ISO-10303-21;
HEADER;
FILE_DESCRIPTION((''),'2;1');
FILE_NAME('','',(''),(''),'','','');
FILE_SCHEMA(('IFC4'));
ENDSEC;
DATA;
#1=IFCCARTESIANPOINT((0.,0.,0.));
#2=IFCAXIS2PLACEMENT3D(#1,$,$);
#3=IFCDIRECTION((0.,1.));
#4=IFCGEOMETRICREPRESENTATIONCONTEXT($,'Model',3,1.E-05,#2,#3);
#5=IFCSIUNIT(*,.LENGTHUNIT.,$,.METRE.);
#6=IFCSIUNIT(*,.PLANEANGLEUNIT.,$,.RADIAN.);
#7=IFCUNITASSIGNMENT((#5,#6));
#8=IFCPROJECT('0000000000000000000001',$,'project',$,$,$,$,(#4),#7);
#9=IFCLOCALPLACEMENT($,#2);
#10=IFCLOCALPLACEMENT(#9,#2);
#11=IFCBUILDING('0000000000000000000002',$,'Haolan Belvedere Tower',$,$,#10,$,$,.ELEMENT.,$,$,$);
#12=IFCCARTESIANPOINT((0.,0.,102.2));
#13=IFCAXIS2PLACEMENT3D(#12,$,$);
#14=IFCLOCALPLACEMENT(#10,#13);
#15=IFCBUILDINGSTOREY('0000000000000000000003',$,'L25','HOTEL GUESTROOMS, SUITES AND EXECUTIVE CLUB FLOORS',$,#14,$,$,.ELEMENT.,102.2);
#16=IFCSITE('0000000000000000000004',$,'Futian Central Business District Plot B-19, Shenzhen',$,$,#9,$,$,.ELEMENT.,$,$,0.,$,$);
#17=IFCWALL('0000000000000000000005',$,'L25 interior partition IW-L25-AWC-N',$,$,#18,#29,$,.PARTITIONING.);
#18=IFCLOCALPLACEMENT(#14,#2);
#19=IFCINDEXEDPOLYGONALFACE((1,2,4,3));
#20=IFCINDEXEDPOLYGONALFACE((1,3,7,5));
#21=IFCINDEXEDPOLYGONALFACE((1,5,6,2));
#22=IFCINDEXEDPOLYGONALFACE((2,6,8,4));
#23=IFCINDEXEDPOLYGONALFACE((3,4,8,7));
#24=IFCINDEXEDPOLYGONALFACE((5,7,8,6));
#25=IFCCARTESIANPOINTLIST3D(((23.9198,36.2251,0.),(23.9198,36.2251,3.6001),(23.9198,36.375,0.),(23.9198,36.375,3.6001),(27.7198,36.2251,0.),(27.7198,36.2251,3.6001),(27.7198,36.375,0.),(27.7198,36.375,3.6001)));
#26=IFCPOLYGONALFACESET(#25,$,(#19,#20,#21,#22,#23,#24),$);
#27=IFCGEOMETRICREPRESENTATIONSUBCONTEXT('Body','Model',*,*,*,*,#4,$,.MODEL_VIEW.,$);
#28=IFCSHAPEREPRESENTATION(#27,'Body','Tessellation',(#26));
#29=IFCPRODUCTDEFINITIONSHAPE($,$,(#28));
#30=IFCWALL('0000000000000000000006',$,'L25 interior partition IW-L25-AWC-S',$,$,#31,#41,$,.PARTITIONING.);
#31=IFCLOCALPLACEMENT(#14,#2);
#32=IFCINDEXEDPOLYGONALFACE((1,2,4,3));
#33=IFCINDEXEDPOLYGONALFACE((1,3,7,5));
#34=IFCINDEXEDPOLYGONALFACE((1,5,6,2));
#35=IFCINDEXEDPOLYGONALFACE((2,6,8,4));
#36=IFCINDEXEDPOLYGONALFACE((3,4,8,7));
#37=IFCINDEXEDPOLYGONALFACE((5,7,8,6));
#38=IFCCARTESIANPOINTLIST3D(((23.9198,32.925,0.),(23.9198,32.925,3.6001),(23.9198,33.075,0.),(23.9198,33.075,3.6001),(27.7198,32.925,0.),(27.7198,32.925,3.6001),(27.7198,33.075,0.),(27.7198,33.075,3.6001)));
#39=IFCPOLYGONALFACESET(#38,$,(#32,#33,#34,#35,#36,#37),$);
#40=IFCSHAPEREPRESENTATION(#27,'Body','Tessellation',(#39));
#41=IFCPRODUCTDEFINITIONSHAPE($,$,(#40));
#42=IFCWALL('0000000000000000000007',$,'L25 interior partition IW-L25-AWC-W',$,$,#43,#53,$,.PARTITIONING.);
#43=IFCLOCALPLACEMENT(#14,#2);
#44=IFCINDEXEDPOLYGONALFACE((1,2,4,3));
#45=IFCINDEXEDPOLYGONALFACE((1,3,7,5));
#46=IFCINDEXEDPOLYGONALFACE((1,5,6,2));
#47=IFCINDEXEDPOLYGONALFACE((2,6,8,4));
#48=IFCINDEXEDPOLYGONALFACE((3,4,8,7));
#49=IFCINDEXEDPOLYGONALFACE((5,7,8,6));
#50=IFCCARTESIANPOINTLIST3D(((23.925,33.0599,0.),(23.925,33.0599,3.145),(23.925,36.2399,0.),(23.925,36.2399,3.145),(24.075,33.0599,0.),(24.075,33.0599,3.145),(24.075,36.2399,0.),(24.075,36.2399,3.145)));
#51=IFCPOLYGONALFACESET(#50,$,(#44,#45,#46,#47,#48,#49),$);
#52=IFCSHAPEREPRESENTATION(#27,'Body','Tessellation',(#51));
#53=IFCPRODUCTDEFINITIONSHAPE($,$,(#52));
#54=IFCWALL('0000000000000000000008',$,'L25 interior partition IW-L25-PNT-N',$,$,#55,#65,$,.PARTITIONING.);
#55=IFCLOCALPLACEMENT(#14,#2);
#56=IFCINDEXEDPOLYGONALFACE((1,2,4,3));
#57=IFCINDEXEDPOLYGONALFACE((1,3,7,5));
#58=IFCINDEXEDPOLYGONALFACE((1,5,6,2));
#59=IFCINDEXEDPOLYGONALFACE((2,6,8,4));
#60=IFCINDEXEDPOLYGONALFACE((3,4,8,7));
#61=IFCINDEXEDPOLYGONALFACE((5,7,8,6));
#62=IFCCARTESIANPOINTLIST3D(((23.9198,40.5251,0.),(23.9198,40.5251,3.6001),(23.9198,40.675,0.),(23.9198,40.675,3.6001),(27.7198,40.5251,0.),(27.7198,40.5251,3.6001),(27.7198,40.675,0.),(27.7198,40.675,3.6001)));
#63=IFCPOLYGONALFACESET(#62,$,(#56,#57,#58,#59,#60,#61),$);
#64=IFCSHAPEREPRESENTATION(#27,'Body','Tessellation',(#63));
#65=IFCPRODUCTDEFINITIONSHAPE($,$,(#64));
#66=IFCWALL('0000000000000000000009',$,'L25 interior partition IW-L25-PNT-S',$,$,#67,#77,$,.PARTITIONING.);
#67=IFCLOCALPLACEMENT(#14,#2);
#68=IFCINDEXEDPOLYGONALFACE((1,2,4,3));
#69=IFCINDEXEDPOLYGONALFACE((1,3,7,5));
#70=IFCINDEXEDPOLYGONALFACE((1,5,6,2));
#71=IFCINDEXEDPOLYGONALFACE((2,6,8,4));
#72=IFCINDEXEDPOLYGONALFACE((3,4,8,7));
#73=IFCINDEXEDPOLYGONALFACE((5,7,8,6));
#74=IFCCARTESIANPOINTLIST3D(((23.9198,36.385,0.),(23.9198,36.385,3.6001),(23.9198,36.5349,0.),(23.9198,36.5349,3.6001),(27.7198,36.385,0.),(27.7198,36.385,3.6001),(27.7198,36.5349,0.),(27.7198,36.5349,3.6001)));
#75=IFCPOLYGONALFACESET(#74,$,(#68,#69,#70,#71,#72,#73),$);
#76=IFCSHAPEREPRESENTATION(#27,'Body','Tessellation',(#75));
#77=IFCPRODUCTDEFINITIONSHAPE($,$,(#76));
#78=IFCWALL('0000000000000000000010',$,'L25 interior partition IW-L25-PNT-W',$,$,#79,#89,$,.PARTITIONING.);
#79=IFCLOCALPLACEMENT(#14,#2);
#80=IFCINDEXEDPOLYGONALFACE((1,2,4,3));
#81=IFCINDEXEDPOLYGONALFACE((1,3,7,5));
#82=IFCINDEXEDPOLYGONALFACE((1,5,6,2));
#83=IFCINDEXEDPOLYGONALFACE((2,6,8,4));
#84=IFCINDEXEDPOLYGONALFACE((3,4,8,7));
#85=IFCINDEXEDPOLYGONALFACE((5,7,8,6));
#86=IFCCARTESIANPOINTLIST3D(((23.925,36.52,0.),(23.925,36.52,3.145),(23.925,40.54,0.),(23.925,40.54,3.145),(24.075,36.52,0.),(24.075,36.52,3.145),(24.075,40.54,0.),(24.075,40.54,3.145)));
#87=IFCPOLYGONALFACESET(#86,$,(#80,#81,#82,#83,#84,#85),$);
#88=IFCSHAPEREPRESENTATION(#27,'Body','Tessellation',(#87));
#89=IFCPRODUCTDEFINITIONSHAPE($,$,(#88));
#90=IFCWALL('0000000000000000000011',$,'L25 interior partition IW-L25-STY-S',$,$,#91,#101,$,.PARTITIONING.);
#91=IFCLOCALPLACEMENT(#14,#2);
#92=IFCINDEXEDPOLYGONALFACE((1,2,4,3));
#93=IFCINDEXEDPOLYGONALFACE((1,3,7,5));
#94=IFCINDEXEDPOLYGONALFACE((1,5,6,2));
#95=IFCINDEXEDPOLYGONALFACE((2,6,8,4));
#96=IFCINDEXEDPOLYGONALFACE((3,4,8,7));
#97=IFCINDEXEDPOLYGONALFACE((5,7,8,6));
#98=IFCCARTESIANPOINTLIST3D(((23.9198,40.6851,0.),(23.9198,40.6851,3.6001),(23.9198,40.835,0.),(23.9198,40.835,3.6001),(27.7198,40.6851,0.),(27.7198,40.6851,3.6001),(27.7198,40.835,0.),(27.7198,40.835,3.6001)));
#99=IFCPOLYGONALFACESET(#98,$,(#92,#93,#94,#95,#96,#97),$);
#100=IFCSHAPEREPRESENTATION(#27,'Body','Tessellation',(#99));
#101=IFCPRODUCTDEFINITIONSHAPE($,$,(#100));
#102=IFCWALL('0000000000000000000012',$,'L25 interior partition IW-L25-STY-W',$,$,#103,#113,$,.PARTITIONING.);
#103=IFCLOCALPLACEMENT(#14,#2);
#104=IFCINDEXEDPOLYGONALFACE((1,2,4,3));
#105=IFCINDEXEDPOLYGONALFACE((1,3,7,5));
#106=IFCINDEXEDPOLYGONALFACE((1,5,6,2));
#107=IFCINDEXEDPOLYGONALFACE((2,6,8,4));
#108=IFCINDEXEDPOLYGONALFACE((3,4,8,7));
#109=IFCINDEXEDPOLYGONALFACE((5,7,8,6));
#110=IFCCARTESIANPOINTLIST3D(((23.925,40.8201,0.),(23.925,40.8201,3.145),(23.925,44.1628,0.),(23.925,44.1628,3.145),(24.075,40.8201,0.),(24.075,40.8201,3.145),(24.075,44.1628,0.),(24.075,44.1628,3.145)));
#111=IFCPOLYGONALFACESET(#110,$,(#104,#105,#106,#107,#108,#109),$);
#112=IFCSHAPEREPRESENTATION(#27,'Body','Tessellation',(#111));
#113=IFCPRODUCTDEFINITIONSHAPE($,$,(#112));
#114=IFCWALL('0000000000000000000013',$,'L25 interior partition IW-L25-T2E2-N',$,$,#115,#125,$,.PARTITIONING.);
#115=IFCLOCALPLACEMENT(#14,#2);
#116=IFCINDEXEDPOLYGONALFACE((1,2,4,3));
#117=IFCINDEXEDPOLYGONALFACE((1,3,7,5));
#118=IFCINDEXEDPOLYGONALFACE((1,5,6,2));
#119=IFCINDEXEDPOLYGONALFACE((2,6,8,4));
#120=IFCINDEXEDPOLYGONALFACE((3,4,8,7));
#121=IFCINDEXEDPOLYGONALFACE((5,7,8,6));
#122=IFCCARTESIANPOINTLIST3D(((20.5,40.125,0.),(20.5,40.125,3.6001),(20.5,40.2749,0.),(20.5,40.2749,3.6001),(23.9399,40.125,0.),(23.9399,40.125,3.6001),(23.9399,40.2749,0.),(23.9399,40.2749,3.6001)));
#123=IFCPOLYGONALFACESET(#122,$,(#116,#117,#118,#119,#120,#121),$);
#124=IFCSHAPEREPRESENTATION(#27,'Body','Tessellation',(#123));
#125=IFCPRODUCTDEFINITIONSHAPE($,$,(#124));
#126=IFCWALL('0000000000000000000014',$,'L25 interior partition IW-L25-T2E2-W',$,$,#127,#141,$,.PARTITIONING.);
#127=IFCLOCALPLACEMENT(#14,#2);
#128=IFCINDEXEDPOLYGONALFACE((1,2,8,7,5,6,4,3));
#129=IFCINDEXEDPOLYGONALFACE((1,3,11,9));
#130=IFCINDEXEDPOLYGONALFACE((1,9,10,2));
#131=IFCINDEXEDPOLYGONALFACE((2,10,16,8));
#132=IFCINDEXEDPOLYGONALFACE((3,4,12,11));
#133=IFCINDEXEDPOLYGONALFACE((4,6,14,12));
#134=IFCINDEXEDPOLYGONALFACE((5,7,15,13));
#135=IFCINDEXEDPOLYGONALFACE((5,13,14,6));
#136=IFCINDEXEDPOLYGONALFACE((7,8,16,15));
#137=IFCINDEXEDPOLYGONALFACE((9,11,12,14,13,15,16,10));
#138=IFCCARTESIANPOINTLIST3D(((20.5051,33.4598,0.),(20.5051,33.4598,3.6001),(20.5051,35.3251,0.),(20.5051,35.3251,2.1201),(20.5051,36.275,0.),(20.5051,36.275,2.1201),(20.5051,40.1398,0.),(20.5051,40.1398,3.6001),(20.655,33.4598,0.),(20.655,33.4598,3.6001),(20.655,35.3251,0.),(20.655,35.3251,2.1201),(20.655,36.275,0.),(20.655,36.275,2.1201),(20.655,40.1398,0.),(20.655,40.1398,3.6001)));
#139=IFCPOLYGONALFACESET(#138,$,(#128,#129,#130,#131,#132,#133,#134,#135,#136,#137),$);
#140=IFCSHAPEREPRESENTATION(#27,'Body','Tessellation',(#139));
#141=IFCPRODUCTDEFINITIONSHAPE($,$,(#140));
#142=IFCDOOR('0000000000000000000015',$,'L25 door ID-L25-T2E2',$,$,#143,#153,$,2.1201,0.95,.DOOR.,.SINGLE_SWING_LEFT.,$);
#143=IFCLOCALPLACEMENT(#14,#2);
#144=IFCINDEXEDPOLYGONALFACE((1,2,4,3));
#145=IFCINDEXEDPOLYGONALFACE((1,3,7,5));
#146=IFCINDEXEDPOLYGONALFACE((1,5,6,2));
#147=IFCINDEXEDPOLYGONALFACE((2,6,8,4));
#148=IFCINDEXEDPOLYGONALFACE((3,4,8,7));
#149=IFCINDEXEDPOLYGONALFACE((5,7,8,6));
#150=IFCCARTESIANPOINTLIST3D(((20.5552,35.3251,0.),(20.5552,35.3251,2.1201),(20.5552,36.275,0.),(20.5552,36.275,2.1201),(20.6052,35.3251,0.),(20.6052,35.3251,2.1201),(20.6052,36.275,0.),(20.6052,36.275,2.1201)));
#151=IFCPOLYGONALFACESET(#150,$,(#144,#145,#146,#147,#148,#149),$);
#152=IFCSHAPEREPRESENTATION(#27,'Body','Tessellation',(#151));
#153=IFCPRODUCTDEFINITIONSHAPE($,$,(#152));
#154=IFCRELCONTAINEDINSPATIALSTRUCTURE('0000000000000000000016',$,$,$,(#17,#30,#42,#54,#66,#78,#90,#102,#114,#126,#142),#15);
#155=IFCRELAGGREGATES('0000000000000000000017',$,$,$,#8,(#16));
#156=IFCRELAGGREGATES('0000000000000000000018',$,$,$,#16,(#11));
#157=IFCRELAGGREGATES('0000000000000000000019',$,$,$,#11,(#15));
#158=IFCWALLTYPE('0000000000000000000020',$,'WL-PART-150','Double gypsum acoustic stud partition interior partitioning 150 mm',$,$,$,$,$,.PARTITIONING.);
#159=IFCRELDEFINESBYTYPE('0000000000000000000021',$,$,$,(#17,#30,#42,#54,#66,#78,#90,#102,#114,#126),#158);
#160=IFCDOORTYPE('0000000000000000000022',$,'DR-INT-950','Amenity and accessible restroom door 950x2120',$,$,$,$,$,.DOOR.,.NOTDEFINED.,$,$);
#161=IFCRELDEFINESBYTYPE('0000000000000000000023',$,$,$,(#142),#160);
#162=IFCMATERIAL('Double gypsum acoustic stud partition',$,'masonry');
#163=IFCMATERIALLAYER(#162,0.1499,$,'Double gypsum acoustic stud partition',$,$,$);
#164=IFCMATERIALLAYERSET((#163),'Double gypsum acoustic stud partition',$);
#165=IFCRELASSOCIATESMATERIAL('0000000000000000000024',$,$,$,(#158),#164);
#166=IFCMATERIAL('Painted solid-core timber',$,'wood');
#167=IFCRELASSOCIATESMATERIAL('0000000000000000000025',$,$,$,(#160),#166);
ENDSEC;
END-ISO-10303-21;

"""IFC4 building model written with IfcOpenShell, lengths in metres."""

from ifc_helpers import new_model, si_unit, direction, frame, frame_2d, origin, place, context, subcontext, project, spatial, rectangle, extrude, material, layer, layer_set, type_object, element, fill, save


model = new_model("IFC4")

# Units and contexts
model_context = context("Model", 3, precision=1e-05, world=origin(), true_north=direction((0.0, 1.0)))
body_context = subcontext(model_context, "Body", "Model", "MODEL_VIEW")
ifc_project = project(units=[si_unit("LENGTHUNIT", "METRE"), si_unit("PLANEANGLEUNIT", "RADIAN")], contexts=[model_context])

# Site, building, storey
site_placement = place(None, origin())
site = spatial("IfcSite", under=ifc_project, at=site_placement, Name="Futian Central Business District Plot B-19, Shenzhen", CompositionType="ELEMENT", RefElevation=0.0)
building_placement = place(site_placement, origin())
building = spatial("IfcBuilding", under=site, at=building_placement, Name="Haolan Belvedere Tower", CompositionType="ELEMENT")
storey_placement = place(building_placement, frame((0.0, 0.0, 102.2)))
storey = spatial("IfcBuildingStorey", under=building, at=storey_placement, Name="L25", Description="HOTEL GUESTROOMS, SUITES AND EXECUTIVE CLUB FLOORS", CompositionType="ELEMENT", Elevation=102.2)

# Walls
ifc_material_1 = material(Name="Double gypsum acoustic stud partition", Category="masonry")
ifc_layer_1 = layer(ifc_material_1, 0.1499, Name="Double gypsum acoustic stud partition")
ifc_layer_set_1 = layer_set([ifc_layer_1], Name="Double gypsum acoustic stud partition")
wall_type_1 = type_object("IfcWallType", Name="WL-PART-150", Description="Double gypsum acoustic stud partition interior partitioning 150 mm", PredefinedType="PARTITIONING", material=ifc_layer_set_1)
for number, where, z_axis, x_axis, name in (
    (1, (23.9199, 36.3, 0.0), (0.0, 0.0, 1.0), (1.0, 0.0, 0.0), "L25 interior partition IW-L25-AWC-N"),
    (2, (23.9199, 33.0, 0.0), (0.0, 0.0, 1.0), (1.0, 0.0, 0.0), "L25 interior partition IW-L25-AWC-S"),
):
    element("IfcWall", number, at=place(storey_placement, frame(where, z_axis=z_axis, x_axis=x_axis)), inside=storey, type_object=wall_type_1, Name=name, PredefinedType="PARTITIONING", context=body_context, shape_type="SweptSolid", body=[
        extrude(rectangle(XDim=3.8, YDim=0.1499, at=frame_2d((1.8999, 0.0))), origin(), (0.0, 0.0, 1.0), 3.6001),
    ])
wall_1_placement = place(storey_placement, frame((24.0, 33.0601, 0.0), z_axis=(0.0, 0.0, 1.0), x_axis=(0.0, 1.0, 0.0)))
element("IfcWall", 3, at=wall_1_placement, inside=storey, type_object=wall_type_1, Name="L25 interior partition IW-L25-AWC-W", PredefinedType="PARTITIONING", context=body_context, shape_type="SweptSolid", body=[
    extrude(rectangle(XDim=3.1799, YDim=0.1499, at=frame_2d((1.5898, 0.0))), origin(), (0.0, 0.0, 1.0), 3.145),
])
for number, where, z_axis, x_axis, name in (
    (4, (23.9199, 40.6001, 0.0), (0.0, 0.0, 1.0), (1.0, 0.0, 0.0), "L25 interior partition IW-L25-PNT-N"),
    (5, (23.9199, 36.46, 0.0), (0.0, 0.0, 1.0), (1.0, 0.0, 0.0), "L25 interior partition IW-L25-PNT-S"),
):
    element("IfcWall", number, at=place(storey_placement, frame(where, z_axis=z_axis, x_axis=x_axis)), inside=storey, type_object=wall_type_1, Name=name, PredefinedType="PARTITIONING", context=body_context, shape_type="SweptSolid", body=[
        extrude(rectangle(XDim=3.8, YDim=0.1499, at=frame_2d((1.8999, 0.0))), origin(), (0.0, 0.0, 1.0), 3.6001),
    ])
wall_2_placement = place(storey_placement, frame((24.0, 36.52, 0.0), z_axis=(0.0, 0.0, 1.0), x_axis=(0.0, 1.0, 0.0)))
element("IfcWall", 6, at=wall_2_placement, inside=storey, type_object=wall_type_1, Name="L25 interior partition IW-L25-PNT-W", PredefinedType="PARTITIONING", context=body_context, shape_type="SweptSolid", body=[
    extrude(rectangle(XDim=4.02, YDim=0.1499, at=frame_2d((2.01, 0.0))), origin(), (0.0, 0.0, 1.0), 3.145),
])
wall_3_placement = place(storey_placement, frame((23.9199, 40.76, 0.0), z_axis=(0.0, 0.0, 1.0), x_axis=(1.0, 0.0, 0.0)))
element("IfcWall", 7, at=wall_3_placement, inside=storey, type_object=wall_type_1, Name="L25 interior partition IW-L25-STY-S", PredefinedType="PARTITIONING", context=body_context, shape_type="SweptSolid", body=[
    extrude(rectangle(XDim=3.8, YDim=0.1499, at=frame_2d((1.8999, 0.0))), origin(), (0.0, 0.0, 1.0), 3.6001),
])
wall_4_placement = place(storey_placement, frame((24.0, 40.8201, 0.0), z_axis=(0.0, 0.0, 1.0), x_axis=(0.0, 1.0, 0.0)))
element("IfcWall", 8, at=wall_4_placement, inside=storey, type_object=wall_type_1, Name="L25 interior partition IW-L25-STY-W", PredefinedType="PARTITIONING", context=body_context, shape_type="SweptSolid", body=[
    extrude(rectangle(XDim=3.3428, YDim=0.1499, at=frame_2d((1.6714, 0.0))), origin(), (0.0, 0.0, 1.0), 3.145),
])
wall_5_placement = place(storey_placement, frame((20.5, 40.2, 0.0), z_axis=(0.0, 0.0, 1.0), x_axis=(1.0, 0.0, 0.0)))
element("IfcWall", 9, at=wall_5_placement, inside=storey, type_object=wall_type_1, Name="L25 interior partition IW-L25-T2E2-N", PredefinedType="PARTITIONING", context=body_context, shape_type="SweptSolid", body=[
    extrude(rectangle(XDim=3.4399, YDim=0.1499, at=frame_2d((1.72, 0.0))), origin(), (0.0, 0.0, 1.0), 3.6001),
])

# Wall, opening, door
wall_6_placement = place(storey_placement, frame((20.5801, 33.46, 0.0), z_axis=(0.0, 0.0, 1.0), x_axis=(0.0, 1.0, 0.0)))
wall_6 = element("IfcWall", 10, at=wall_6_placement, inside=storey, type_object=wall_type_1, Name="L25 interior partition IW-L25-T2E2-W", PredefinedType="PARTITIONING", context=body_context, shape_type="SweptSolid", body=[
    extrude(rectangle(XDim=6.6799, YDim=0.1499, at=frame_2d((3.3398, 0.0))), origin(), (0.0, 0.0, 1.0), 3.6001),
])
opening_1_placement = place(wall_6_placement, frame((1.865, 0.0, 0.0)))
opening_1 = element("IfcOpeningElement", 11, at=opening_1_placement, cuts=wall_6, PredefinedType="OPENING", context=body_context, shape_type="SweptSolid", body=[
    extrude(rectangle(XDim=0.95, YDim=2.1201, at=frame_2d((0.4751, 1.0601))), frame((0.0, 0.085, 0.0), z_axis=(0.0, -1.0, 0.0), x_axis=(1.0, 0.0, 0.0)), (0.0, 0.0, 1.0), 0.1699),
])
ifc_material_2 = material(Name="Painted solid-core timber", Category="wood")
door_type = type_object("IfcDoorType", Name="DR-INT-950", Description="Amenity and accessible restroom door 950x2120", OperationType="NOTDEFINED", PredefinedType="DOOR", material=ifc_material_2)
door_placement = place(opening_1_placement, origin())
door = element("IfcDoor", 12, at=door_placement, inside=storey, type_object=door_type, Name="L25 door ID-L25-T2E2", OperationType="SINGLE_SWING_LEFT", OverallHeight=2.1201, OverallWidth=0.95, PredefinedType="DOOR", context=body_context, shape_type="SweptSolid", body=[
    extrude(rectangle(XDim=0.95, YDim=2.1201, at=frame_2d((0.4751, 1.0601))), frame((0.0, 0.0249, 0.0), z_axis=(0.0, -1.0, 0.0), x_axis=(1.0, 0.0, 0.0)), (0.0, 0.0, 1.0), 0.05),
])
fill(opening_1, door)

save(model, "model.ifc")
